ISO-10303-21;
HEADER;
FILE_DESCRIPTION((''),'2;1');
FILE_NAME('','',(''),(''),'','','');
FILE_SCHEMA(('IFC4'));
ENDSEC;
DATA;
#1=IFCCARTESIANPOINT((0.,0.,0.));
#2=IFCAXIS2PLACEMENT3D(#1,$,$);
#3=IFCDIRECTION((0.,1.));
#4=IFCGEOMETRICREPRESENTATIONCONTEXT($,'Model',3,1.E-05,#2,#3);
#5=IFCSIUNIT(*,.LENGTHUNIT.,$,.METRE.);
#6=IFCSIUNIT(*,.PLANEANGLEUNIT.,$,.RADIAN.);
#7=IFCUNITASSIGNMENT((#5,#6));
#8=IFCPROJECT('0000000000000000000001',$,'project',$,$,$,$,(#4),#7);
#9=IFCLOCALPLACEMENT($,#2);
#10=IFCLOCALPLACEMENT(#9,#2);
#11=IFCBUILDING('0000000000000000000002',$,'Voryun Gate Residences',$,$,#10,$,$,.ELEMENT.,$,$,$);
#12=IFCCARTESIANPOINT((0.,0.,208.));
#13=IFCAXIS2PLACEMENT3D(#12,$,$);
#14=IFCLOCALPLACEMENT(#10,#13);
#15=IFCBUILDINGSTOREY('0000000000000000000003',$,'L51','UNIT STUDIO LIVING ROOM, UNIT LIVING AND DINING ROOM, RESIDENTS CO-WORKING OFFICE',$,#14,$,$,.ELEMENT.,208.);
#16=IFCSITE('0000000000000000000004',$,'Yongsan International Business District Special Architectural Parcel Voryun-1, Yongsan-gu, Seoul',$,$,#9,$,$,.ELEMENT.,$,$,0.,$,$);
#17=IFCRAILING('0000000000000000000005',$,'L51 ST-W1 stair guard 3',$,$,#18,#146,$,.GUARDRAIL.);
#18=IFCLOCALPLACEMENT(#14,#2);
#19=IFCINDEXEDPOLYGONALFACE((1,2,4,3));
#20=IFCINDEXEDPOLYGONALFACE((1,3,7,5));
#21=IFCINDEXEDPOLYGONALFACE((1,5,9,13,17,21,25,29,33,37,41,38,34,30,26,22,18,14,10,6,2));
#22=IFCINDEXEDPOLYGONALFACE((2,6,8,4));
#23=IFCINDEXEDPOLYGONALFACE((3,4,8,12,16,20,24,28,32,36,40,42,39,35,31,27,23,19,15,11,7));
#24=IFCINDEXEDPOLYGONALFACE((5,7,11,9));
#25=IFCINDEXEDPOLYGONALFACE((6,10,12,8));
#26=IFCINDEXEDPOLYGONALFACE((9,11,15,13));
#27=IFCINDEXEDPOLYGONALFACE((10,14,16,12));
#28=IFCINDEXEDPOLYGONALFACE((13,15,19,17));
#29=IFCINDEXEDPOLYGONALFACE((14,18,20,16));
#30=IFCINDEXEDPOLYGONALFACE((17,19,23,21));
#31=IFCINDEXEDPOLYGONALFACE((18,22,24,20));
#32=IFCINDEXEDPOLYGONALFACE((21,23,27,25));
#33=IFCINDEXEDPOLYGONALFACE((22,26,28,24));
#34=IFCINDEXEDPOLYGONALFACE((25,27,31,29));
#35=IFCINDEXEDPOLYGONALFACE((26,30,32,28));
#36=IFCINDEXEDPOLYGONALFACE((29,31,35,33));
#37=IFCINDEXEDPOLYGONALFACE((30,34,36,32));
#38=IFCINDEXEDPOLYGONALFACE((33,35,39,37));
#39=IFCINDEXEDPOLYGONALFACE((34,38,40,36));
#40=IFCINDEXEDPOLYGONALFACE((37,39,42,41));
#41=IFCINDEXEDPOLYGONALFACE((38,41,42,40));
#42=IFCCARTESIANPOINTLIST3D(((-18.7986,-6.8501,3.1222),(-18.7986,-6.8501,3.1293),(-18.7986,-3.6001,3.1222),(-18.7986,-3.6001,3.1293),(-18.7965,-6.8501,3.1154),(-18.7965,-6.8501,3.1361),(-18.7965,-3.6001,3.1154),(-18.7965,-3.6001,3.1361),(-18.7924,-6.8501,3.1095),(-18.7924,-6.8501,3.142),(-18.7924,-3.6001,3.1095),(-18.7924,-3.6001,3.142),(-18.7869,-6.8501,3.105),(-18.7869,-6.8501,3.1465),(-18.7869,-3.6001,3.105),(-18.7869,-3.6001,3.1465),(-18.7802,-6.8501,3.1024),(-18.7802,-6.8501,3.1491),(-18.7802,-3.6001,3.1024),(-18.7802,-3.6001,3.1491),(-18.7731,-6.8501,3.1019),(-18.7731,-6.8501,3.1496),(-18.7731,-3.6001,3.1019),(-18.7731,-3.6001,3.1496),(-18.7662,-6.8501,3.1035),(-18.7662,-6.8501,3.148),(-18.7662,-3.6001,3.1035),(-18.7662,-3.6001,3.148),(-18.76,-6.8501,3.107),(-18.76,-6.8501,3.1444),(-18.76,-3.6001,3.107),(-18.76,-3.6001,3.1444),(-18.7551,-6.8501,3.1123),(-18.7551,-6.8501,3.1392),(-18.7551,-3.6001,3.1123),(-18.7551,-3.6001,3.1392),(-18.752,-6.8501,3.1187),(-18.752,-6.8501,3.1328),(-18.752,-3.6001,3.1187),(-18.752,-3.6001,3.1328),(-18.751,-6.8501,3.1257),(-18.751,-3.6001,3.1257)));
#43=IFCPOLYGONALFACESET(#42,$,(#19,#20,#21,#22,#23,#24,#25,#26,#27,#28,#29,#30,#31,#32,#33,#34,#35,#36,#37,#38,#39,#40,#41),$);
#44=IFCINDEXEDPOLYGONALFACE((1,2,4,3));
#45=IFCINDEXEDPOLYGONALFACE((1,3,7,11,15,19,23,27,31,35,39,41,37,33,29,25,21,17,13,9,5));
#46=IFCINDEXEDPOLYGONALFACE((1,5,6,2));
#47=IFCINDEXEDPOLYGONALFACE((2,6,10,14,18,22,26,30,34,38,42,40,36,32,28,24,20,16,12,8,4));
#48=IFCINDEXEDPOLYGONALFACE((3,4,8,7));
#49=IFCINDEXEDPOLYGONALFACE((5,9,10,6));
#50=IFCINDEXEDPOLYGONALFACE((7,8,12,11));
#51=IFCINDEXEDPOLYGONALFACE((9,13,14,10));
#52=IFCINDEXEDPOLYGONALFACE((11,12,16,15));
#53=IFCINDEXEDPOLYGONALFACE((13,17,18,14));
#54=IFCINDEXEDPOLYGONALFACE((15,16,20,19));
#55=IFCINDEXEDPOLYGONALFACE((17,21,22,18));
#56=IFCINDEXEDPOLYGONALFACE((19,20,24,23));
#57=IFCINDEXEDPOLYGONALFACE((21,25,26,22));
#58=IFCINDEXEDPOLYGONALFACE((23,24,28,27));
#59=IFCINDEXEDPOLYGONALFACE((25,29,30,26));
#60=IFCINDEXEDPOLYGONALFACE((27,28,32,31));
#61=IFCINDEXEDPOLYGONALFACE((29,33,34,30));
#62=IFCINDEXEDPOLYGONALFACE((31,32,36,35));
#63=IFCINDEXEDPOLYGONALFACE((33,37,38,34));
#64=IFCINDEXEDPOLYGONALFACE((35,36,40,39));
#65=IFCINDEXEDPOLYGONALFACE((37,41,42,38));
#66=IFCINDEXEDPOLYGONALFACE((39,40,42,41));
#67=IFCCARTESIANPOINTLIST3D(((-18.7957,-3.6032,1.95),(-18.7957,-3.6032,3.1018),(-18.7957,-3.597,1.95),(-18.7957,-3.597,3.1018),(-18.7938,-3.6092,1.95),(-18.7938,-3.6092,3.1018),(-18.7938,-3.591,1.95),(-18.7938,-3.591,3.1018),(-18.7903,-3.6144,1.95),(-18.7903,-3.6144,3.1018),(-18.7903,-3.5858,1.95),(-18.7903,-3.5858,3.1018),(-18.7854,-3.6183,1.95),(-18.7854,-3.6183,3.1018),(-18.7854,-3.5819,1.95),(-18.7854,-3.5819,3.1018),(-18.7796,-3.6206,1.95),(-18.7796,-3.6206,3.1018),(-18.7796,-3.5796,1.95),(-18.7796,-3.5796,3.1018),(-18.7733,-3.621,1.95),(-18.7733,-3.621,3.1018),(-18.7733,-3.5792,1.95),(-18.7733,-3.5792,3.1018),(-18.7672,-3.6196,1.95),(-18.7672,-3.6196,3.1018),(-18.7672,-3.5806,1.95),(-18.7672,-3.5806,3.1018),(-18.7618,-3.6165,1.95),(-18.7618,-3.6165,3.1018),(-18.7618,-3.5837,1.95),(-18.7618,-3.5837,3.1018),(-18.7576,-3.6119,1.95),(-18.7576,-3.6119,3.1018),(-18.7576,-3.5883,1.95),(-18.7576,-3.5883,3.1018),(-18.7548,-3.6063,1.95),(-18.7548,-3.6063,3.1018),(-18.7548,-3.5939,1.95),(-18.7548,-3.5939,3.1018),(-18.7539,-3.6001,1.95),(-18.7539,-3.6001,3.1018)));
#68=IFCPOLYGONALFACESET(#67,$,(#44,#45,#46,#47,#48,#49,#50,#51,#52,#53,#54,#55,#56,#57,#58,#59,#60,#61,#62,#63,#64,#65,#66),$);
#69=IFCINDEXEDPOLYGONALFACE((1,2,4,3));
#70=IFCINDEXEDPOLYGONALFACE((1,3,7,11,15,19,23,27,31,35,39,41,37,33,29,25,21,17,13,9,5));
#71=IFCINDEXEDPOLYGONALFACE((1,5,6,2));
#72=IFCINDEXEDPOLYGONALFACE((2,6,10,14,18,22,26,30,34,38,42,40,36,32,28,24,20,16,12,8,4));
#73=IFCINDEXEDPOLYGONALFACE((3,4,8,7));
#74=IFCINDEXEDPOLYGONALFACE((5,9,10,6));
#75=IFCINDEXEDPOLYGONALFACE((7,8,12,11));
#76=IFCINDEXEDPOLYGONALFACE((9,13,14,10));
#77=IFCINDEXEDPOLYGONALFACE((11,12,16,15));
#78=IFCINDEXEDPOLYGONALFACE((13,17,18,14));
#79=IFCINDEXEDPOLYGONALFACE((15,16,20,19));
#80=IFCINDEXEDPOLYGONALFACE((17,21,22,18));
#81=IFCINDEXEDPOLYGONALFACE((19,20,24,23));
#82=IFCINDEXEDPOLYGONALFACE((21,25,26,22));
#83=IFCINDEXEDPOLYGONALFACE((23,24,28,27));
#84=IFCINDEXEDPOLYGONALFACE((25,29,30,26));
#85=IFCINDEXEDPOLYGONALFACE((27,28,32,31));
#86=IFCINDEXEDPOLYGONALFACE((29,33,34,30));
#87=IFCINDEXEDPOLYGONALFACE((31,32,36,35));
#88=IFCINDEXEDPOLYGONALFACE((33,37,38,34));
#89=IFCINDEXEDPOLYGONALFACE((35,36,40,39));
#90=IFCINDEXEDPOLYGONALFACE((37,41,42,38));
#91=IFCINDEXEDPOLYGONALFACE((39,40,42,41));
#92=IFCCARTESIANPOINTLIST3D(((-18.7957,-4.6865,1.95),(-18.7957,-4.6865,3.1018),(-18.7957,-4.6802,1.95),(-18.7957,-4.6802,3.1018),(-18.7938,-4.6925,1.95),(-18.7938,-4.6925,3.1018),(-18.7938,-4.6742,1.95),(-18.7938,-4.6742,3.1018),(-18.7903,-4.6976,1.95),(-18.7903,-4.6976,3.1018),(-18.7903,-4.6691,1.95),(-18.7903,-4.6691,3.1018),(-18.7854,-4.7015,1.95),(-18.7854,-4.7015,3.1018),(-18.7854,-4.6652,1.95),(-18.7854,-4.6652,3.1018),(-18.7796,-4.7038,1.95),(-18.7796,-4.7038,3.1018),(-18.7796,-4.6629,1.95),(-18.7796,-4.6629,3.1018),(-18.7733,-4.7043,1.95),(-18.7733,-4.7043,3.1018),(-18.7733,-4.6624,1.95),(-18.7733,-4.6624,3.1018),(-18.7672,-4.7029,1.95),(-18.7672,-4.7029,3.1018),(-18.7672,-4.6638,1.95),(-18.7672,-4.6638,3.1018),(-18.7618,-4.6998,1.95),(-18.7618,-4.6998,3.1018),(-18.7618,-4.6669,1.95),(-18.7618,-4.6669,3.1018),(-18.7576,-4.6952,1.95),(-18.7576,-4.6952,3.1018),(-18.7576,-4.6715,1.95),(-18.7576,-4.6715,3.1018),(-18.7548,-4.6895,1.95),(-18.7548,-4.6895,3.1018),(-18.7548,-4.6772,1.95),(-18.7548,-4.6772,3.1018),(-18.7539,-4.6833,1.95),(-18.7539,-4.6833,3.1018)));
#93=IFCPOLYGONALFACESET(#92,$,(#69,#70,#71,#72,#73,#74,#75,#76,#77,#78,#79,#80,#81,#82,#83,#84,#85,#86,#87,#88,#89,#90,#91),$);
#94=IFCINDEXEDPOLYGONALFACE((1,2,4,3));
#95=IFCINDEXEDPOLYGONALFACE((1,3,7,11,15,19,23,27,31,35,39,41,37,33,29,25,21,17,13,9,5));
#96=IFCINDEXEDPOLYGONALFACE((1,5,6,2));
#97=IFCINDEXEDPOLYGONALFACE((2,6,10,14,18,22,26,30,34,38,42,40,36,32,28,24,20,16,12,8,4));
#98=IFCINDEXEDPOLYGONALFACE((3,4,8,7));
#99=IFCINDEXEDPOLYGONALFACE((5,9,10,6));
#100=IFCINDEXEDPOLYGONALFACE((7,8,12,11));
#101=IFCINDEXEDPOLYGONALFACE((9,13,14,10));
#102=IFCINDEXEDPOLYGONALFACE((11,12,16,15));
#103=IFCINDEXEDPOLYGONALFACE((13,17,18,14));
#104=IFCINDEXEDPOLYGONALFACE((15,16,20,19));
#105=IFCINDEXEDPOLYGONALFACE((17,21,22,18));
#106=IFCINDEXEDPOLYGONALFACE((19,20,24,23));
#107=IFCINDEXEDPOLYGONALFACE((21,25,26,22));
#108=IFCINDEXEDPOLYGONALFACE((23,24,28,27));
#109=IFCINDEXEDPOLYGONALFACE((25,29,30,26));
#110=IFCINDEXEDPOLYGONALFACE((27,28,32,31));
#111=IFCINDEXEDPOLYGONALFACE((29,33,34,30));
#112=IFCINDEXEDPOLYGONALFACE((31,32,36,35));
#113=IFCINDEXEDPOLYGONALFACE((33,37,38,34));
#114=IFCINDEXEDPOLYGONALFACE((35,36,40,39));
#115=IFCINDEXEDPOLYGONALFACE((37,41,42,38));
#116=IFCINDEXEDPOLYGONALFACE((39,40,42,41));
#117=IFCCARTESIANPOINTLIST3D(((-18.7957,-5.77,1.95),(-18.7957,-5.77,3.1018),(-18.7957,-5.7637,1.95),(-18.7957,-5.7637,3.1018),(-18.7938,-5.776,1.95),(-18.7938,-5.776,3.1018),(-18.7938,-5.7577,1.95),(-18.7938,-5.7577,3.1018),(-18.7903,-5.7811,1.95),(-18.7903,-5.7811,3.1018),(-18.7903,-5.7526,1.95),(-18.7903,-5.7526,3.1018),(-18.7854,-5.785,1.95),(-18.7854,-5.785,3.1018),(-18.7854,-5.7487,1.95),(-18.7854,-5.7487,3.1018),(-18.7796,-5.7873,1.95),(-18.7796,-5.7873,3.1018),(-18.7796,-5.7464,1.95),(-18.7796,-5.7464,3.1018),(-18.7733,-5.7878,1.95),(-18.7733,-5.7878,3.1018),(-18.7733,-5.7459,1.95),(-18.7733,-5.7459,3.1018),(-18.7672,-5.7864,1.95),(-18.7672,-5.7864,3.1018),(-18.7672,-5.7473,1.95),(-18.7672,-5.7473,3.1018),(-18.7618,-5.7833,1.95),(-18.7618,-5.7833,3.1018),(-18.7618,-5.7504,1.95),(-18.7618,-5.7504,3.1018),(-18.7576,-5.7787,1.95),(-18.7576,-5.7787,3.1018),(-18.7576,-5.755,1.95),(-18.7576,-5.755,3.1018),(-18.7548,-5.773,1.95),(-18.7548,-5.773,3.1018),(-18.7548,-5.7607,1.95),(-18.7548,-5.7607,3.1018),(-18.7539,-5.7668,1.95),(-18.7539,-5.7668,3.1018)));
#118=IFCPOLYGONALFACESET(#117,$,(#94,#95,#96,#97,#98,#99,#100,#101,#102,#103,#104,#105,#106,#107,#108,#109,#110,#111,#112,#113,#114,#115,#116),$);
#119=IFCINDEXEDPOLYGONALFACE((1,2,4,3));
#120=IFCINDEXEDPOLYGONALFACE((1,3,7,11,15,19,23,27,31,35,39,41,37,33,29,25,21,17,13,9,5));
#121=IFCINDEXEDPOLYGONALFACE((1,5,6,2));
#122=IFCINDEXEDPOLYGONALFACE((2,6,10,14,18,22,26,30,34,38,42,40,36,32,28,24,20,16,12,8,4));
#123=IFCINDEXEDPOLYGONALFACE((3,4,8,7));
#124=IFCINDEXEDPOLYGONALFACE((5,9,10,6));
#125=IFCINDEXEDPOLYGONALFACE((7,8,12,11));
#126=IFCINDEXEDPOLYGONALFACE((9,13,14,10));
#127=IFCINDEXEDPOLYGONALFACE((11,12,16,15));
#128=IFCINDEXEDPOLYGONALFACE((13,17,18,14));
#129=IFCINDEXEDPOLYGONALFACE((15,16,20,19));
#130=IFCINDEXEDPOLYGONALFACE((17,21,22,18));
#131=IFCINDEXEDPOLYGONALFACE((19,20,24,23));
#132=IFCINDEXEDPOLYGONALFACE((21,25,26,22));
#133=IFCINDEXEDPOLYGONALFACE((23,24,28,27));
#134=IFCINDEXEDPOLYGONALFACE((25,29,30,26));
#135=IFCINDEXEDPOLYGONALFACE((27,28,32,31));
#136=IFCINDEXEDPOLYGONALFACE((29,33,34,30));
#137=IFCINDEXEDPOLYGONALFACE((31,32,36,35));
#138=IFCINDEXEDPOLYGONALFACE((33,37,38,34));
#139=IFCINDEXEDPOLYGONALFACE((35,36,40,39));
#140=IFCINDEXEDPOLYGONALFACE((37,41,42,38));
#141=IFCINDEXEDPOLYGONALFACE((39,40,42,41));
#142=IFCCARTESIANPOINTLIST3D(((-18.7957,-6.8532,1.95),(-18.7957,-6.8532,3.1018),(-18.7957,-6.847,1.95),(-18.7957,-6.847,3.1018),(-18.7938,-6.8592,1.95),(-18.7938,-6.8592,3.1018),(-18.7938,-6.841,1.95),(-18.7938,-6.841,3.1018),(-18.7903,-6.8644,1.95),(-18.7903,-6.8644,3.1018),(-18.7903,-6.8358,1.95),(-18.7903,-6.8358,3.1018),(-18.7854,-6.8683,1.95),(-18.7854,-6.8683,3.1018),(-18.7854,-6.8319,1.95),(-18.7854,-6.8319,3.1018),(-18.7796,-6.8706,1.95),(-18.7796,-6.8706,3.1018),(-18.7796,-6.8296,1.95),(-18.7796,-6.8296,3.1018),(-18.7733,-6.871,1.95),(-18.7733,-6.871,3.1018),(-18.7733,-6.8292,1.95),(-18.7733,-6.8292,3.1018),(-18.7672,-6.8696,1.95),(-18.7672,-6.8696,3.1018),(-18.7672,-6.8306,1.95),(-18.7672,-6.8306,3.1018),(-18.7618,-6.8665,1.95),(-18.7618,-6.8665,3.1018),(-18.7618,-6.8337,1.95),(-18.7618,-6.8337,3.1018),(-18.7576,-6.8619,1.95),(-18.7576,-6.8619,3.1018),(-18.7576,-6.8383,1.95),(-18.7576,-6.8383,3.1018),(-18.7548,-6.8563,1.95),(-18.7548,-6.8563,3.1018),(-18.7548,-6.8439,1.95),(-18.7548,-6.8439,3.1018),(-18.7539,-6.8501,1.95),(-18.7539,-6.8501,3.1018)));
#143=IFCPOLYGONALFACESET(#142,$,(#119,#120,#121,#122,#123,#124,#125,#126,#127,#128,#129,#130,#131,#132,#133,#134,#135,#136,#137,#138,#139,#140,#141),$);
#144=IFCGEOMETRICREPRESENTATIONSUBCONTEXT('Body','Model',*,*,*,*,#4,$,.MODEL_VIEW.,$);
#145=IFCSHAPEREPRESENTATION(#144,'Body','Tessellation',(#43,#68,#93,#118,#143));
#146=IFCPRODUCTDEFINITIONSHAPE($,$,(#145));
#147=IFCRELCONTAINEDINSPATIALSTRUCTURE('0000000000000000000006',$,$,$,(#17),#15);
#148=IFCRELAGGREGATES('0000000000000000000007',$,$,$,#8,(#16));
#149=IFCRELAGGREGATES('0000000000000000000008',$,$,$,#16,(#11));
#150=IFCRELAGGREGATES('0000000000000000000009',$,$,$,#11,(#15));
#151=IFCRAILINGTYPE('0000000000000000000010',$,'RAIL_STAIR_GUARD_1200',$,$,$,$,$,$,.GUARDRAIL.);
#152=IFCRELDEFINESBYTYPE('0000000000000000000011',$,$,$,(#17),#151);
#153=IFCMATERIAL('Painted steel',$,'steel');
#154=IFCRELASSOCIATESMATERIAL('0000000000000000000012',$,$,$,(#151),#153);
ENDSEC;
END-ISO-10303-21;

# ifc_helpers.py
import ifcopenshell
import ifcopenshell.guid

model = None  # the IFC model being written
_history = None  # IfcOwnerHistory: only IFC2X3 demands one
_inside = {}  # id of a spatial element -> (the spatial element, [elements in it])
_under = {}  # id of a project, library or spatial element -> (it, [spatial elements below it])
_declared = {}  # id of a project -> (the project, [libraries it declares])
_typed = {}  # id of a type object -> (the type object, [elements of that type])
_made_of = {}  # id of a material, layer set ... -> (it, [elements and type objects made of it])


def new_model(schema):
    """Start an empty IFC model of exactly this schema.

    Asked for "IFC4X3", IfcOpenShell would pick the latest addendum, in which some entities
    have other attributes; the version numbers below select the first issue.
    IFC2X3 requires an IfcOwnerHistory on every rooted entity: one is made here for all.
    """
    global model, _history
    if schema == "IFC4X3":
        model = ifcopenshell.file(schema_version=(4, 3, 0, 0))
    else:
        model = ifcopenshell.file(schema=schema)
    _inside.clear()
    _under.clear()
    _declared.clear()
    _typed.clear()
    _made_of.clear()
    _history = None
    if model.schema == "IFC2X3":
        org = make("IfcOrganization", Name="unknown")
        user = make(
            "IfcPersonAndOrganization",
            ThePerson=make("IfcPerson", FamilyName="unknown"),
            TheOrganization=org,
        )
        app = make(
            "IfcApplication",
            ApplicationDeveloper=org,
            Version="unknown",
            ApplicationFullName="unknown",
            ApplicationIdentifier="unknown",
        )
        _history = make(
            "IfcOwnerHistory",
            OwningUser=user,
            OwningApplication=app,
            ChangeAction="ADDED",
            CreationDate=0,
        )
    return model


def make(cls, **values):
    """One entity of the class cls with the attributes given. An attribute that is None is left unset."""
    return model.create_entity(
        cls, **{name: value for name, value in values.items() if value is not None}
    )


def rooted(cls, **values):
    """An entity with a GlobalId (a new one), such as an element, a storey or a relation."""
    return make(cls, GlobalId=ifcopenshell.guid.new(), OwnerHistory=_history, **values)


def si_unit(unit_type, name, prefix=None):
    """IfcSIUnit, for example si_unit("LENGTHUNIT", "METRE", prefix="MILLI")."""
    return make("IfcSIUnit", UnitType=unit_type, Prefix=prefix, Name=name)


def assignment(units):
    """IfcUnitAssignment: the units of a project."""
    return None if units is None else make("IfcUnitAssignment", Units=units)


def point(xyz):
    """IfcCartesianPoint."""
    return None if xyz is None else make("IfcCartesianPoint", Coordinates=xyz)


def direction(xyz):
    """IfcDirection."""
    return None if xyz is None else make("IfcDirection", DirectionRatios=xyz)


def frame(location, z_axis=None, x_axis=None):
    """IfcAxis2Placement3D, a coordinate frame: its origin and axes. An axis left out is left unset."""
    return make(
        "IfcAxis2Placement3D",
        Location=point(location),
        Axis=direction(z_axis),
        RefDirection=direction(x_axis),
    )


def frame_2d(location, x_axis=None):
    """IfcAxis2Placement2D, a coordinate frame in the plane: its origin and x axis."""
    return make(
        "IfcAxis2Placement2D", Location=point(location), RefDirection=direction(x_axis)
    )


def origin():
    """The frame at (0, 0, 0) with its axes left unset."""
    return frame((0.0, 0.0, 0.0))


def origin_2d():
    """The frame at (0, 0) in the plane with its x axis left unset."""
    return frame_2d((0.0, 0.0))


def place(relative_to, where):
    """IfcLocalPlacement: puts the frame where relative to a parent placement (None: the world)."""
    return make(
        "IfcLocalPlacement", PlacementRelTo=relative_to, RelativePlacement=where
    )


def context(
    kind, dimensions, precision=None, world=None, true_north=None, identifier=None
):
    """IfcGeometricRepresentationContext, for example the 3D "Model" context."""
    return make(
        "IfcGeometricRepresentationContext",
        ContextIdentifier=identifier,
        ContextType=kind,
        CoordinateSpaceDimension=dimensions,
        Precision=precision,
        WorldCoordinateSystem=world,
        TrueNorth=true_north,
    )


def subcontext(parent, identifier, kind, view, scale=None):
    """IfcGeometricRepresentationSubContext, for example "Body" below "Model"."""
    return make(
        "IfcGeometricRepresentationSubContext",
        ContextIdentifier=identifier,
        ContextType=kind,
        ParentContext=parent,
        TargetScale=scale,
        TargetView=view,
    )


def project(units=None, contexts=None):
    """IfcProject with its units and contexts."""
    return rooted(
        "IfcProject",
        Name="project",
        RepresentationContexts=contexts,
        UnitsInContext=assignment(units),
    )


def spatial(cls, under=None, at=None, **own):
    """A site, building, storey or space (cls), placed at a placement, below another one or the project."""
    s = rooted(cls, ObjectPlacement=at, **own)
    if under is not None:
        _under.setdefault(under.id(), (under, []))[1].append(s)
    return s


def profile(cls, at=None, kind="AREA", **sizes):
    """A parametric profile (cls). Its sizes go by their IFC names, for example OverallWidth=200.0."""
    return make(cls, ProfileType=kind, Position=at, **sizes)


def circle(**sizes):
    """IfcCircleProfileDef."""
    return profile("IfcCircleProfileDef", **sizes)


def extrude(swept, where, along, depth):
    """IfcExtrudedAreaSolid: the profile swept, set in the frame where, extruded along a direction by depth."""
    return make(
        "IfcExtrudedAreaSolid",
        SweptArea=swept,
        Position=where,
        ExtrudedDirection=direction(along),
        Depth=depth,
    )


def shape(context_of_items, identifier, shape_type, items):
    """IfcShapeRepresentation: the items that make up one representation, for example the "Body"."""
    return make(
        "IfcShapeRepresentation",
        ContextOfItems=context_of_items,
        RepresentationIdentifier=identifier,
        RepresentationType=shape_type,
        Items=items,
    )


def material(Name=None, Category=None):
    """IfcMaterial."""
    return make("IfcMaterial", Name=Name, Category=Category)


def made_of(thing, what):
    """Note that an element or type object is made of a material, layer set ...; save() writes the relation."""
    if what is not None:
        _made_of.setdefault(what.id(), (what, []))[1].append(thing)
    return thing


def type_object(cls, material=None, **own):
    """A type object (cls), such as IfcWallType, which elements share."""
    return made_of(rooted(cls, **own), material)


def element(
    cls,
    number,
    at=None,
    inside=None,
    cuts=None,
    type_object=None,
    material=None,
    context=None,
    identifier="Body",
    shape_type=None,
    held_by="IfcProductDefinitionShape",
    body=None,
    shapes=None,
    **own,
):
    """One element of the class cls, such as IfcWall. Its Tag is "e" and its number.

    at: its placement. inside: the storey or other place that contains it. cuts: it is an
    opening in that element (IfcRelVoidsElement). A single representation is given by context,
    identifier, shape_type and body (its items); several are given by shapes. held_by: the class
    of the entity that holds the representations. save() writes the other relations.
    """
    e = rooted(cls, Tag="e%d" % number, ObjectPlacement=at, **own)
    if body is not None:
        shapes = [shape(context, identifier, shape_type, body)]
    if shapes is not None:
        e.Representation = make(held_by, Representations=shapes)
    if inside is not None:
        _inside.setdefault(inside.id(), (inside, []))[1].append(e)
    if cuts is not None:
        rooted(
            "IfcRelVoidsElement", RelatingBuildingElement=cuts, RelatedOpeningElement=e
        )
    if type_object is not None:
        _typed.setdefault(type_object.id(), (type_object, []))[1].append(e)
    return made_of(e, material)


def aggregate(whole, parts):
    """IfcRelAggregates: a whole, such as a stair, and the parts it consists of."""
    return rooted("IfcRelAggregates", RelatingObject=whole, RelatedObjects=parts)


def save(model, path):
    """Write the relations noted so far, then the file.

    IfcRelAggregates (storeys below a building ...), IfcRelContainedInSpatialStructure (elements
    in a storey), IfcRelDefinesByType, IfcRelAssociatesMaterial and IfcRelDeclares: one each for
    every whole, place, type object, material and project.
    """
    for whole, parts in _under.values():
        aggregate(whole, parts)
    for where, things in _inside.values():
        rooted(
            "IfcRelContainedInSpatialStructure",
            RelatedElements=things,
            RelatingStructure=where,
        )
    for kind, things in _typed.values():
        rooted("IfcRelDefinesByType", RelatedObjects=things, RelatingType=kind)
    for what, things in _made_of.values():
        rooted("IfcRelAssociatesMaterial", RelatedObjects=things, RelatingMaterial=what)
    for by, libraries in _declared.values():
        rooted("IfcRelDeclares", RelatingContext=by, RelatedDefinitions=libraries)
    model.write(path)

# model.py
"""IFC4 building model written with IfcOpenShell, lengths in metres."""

from ifc_helpers import new_model, si_unit, direction, frame, origin, origin_2d, place, context, subcontext, project, spatial, circle, extrude, material, type_object, element, save


model = new_model("IFC4")

# Units and contexts
model_context = context("Model", 3, precision=1e-05, world=origin(), true_north=direction((0.0, 1.0)))
body_context = subcontext(model_context, "Body", "Model", "MODEL_VIEW")
ifc_project = project(units=[si_unit("LENGTHUNIT", "METRE"), si_unit("PLANEANGLEUNIT", "RADIAN")], contexts=[model_context])

# Site, building, storey
site_placement = place(None, origin())
site = spatial("IfcSite", under=ifc_project, at=site_placement, Name="Yongsan International Business District Special Architectural Parcel Voryun-1, Yongsan-gu, Seoul", CompositionType="ELEMENT", RefElevation=0.0)
building_placement = place(site_placement, origin())
building = spatial("IfcBuilding", under=site, at=building_placement, Name="Voryun Gate Residences", CompositionType="ELEMENT")
storey_placement = place(building_placement, frame((0.0, 0.0, 208.0)))
storey = spatial("IfcBuildingStorey", under=building, at=storey_placement, Name="L51", Description="UNIT STUDIO LIVING ROOM, UNIT LIVING AND DINING ROOM, RESIDENTS CO-WORKING OFFICE", CompositionType="ELEMENT", Elevation=208.0)

# Railing
ifc_material_1 = material(Name="Painted steel", Category="steel")
railing_type_1 = type_object("IfcRailingType", Name="RAIL_STAIR_GUARD_1200", PredefinedType="GUARDRAIL", material=ifc_material_1)
for number, where, name in (
    (1, (-18.7749, -3.6001, 1.95), "L51 ST-W1 stair guard 3"),
):
    element("IfcRailing", number, at=place(storey_placement, frame(where)), inside=storey, type_object=railing_type_1, Name=name, PredefinedType="GUARDRAIL", context=body_context, shape_type="SweptSolid", body=[
        extrude(circle(Radius=0.0239, at=origin_2d()), frame((0.0, 0.0, 1.1758), z_axis=(0.0, -1.0, 0.0), x_axis=(1.0, 0.0, 0.0)), (0.0, 0.0, 1.0), 3.25),
        extrude(circle(Radius=0.021, at=origin_2d()), origin(), (0.0, 0.0, 1.0), 1.1519),
        extrude(circle(Radius=0.021, at=origin_2d()), frame((0.0, -1.0833, 0.0)), (0.0, 0.0, 1.0), 1.1519),
        extrude(circle(Radius=0.021, at=origin_2d()), frame((0.0, -2.1667, 0.0)), (0.0, 0.0, 1.0), 1.1519),
        extrude(circle(Radius=0.021, at=origin_2d()), frame((0.0, -3.25, 0.0)), (0.0, 0.0, 1.0), 1.1519),
    ])

save(model, "model.ifc")
